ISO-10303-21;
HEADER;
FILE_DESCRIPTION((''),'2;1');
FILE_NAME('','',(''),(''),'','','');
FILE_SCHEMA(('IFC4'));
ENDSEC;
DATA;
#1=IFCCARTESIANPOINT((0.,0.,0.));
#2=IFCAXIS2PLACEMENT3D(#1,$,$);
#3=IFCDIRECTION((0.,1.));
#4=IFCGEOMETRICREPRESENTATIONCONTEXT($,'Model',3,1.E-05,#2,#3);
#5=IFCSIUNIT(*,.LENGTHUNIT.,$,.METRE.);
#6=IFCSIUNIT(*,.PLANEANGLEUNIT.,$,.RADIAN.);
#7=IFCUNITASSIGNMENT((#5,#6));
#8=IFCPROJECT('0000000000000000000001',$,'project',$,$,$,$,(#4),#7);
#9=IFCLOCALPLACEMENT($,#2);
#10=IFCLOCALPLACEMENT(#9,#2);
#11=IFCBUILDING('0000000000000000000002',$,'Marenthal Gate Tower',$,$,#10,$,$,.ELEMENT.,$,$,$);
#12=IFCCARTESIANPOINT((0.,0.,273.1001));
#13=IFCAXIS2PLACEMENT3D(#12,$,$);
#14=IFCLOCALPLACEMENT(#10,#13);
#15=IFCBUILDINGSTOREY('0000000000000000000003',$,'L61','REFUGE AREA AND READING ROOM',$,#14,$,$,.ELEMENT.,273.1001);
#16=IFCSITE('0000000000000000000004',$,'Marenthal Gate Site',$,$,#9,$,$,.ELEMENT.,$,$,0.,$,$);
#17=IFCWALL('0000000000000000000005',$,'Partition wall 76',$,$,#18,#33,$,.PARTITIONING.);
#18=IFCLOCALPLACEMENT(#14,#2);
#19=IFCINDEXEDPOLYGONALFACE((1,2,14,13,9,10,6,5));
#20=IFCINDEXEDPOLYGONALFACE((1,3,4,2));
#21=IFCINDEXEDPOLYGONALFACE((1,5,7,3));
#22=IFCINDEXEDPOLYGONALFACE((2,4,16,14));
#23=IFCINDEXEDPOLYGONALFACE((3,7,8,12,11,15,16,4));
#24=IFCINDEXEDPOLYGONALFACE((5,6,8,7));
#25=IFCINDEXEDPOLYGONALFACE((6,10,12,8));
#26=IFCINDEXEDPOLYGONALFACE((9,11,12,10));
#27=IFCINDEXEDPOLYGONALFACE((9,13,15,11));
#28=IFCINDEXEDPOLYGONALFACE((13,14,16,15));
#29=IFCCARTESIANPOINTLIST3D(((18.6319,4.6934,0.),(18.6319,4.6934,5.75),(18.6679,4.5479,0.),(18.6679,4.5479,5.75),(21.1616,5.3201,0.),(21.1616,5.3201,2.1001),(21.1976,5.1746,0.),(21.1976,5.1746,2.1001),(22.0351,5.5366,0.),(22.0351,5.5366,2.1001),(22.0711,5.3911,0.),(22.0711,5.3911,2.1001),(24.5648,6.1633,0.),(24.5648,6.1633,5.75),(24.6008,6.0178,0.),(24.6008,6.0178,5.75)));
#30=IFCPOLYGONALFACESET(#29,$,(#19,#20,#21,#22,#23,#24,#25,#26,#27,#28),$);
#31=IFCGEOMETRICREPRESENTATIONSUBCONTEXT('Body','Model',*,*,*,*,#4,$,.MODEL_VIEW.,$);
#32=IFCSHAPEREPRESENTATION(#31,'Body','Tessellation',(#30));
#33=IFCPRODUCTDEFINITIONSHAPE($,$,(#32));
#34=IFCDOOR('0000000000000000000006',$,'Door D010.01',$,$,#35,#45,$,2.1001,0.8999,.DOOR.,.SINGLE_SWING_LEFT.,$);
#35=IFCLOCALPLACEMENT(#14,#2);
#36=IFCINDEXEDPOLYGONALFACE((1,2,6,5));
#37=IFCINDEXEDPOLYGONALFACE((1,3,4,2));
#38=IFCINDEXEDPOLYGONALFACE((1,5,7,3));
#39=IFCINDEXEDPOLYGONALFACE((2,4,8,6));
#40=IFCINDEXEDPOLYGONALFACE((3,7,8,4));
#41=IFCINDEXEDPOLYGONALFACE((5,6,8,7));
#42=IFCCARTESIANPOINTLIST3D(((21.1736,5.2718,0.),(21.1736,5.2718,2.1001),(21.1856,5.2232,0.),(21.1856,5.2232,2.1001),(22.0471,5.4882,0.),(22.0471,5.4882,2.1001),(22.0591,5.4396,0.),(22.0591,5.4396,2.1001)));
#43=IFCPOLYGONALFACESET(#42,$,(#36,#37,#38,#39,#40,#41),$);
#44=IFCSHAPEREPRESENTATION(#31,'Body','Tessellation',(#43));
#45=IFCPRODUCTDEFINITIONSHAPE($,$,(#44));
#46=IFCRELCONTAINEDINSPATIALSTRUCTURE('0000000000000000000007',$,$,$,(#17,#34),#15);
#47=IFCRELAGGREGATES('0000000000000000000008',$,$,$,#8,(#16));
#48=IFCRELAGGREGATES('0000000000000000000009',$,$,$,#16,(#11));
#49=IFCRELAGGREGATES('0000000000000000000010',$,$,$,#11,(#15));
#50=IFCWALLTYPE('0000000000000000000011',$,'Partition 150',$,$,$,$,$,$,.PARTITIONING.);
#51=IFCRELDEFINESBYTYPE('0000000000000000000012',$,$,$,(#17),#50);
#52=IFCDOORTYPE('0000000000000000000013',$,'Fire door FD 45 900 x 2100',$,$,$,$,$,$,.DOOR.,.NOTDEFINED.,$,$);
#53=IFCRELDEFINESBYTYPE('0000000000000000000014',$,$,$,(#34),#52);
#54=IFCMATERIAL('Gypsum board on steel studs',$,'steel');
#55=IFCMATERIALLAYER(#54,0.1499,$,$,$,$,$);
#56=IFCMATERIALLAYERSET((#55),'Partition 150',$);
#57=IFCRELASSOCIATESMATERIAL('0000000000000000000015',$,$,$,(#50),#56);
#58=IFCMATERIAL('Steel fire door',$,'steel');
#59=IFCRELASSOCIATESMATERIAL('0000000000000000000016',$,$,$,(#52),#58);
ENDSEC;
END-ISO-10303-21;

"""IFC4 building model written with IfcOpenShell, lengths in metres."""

from ifc_helpers import new_model, si_unit, direction, frame, frame_2d, origin, place, context, subcontext, project, spatial, rectangle, extrude, material, layer, layer_set, type_object, element, fill, save


model = new_model("IFC4")

# Units and contexts
model_context = context("Model", 3, precision=1e-05, world=origin(), true_north=direction((0.0, 1.0)))
body_context = subcontext(model_context, "Body", "Model", "MODEL_VIEW")
ifc_project = project(units=[si_unit("LENGTHUNIT", "METRE"), si_unit("PLANEANGLEUNIT", "RADIAN")], contexts=[model_context])

# Site, building, storey
site_placement = place(None, origin())
site = spatial("IfcSite", under=ifc_project, at=site_placement, Name="Marenthal Gate Site", CompositionType="ELEMENT", RefElevation=0.0)
building_placement = place(site_placement, origin())
building = spatial("IfcBuilding", under=site, at=building_placement, Name="Marenthal Gate Tower", CompositionType="ELEMENT")
storey_placement = place(building_placement, frame((0.0, 0.0, 273.1001)))
storey = spatial("IfcBuildingStorey", under=building, at=storey_placement, Name="L61", Description="REFUGE AREA AND READING ROOM", CompositionType="ELEMENT", Elevation=273.1001)

# Shared definitions
ifc_material_1 = material(Name="Gypsum board on steel studs", Category="steel")
ifc_layer_1 = layer(ifc_material_1, 0.1499)
ifc_layer_set_1 = layer_set([ifc_layer_1], Name="Partition 150")
wall_type_1 = type_object("IfcWallType", Name="Partition 150", PredefinedType="PARTITIONING", material=ifc_layer_set_1)

# Wall, opening, door
wall_1_placement = place(storey_placement, frame((18.6499, 4.6206, 0.0), z_axis=(0.0, 0.0, 1.0), x_axis=(0.97065, 0.240496, 0.0)))
wall_1 = element("IfcWall", 1, at=wall_1_placement, inside=storey, type_object=wall_type_1, Name="Partition wall 76", PredefinedType="PARTITIONING", context=body_context, shape_type="SweptSolid", body=[
    extrude(rectangle(XDim=6.1123, YDim=0.1499, at=frame_2d((3.0562, 0.0))), origin(), (0.0, 0.0, 1.0), 5.75),
])
opening_placement = place(wall_1_placement, frame((2.6062, 0.0, 0.0)))
opening = element("IfcOpeningElement", 2, at=opening_placement, cuts=wall_1, PredefinedType="OPENING", context=body_context, shape_type="SweptSolid", body=[
    extrude(rectangle(XDim=0.8999, YDim=2.1001, at=frame_2d((0.45, 1.05))), frame((0.0, 0.085, 0.0), z_axis=(0.0, -1.0, 0.0), x_axis=(1.0, 0.0, 0.0)), (0.0, 0.0, 1.0), 0.1699),
])
ifc_material_2 = material(Name="Steel fire door", Category="steel")
door_type = type_object("IfcDoorType", Name="Fire door FD 45 900 x 2100", OperationType="NOTDEFINED", PredefinedType="DOOR", material=ifc_material_2)
door_placement = place(opening_placement, frame((0.8999, 0.0, 0.0), z_axis=(0.0, 0.0, 1.0), x_axis=(-1.0, 0.0, 0.0)))
door = element("IfcDoor", 3, at=door_placement, inside=storey, type_object=door_type, Name="Door D010.01", OperationType="SINGLE_SWING_LEFT", OverallHeight=2.1001, OverallWidth=0.8999, PredefinedType="DOOR", context=body_context, shape_type="SweptSolid", body=[
    extrude(rectangle(XDim=0.8999, YDim=2.1001, at=frame_2d((0.45, 1.05))), frame((0.0, 0.0249, 0.0), z_axis=(0.0, -1.0, 0.0), x_axis=(1.0, 0.0, 0.0)), (0.0, 0.0, 1.0), 0.05),
])
fill(opening, door)

save(model, "model.ifc")
